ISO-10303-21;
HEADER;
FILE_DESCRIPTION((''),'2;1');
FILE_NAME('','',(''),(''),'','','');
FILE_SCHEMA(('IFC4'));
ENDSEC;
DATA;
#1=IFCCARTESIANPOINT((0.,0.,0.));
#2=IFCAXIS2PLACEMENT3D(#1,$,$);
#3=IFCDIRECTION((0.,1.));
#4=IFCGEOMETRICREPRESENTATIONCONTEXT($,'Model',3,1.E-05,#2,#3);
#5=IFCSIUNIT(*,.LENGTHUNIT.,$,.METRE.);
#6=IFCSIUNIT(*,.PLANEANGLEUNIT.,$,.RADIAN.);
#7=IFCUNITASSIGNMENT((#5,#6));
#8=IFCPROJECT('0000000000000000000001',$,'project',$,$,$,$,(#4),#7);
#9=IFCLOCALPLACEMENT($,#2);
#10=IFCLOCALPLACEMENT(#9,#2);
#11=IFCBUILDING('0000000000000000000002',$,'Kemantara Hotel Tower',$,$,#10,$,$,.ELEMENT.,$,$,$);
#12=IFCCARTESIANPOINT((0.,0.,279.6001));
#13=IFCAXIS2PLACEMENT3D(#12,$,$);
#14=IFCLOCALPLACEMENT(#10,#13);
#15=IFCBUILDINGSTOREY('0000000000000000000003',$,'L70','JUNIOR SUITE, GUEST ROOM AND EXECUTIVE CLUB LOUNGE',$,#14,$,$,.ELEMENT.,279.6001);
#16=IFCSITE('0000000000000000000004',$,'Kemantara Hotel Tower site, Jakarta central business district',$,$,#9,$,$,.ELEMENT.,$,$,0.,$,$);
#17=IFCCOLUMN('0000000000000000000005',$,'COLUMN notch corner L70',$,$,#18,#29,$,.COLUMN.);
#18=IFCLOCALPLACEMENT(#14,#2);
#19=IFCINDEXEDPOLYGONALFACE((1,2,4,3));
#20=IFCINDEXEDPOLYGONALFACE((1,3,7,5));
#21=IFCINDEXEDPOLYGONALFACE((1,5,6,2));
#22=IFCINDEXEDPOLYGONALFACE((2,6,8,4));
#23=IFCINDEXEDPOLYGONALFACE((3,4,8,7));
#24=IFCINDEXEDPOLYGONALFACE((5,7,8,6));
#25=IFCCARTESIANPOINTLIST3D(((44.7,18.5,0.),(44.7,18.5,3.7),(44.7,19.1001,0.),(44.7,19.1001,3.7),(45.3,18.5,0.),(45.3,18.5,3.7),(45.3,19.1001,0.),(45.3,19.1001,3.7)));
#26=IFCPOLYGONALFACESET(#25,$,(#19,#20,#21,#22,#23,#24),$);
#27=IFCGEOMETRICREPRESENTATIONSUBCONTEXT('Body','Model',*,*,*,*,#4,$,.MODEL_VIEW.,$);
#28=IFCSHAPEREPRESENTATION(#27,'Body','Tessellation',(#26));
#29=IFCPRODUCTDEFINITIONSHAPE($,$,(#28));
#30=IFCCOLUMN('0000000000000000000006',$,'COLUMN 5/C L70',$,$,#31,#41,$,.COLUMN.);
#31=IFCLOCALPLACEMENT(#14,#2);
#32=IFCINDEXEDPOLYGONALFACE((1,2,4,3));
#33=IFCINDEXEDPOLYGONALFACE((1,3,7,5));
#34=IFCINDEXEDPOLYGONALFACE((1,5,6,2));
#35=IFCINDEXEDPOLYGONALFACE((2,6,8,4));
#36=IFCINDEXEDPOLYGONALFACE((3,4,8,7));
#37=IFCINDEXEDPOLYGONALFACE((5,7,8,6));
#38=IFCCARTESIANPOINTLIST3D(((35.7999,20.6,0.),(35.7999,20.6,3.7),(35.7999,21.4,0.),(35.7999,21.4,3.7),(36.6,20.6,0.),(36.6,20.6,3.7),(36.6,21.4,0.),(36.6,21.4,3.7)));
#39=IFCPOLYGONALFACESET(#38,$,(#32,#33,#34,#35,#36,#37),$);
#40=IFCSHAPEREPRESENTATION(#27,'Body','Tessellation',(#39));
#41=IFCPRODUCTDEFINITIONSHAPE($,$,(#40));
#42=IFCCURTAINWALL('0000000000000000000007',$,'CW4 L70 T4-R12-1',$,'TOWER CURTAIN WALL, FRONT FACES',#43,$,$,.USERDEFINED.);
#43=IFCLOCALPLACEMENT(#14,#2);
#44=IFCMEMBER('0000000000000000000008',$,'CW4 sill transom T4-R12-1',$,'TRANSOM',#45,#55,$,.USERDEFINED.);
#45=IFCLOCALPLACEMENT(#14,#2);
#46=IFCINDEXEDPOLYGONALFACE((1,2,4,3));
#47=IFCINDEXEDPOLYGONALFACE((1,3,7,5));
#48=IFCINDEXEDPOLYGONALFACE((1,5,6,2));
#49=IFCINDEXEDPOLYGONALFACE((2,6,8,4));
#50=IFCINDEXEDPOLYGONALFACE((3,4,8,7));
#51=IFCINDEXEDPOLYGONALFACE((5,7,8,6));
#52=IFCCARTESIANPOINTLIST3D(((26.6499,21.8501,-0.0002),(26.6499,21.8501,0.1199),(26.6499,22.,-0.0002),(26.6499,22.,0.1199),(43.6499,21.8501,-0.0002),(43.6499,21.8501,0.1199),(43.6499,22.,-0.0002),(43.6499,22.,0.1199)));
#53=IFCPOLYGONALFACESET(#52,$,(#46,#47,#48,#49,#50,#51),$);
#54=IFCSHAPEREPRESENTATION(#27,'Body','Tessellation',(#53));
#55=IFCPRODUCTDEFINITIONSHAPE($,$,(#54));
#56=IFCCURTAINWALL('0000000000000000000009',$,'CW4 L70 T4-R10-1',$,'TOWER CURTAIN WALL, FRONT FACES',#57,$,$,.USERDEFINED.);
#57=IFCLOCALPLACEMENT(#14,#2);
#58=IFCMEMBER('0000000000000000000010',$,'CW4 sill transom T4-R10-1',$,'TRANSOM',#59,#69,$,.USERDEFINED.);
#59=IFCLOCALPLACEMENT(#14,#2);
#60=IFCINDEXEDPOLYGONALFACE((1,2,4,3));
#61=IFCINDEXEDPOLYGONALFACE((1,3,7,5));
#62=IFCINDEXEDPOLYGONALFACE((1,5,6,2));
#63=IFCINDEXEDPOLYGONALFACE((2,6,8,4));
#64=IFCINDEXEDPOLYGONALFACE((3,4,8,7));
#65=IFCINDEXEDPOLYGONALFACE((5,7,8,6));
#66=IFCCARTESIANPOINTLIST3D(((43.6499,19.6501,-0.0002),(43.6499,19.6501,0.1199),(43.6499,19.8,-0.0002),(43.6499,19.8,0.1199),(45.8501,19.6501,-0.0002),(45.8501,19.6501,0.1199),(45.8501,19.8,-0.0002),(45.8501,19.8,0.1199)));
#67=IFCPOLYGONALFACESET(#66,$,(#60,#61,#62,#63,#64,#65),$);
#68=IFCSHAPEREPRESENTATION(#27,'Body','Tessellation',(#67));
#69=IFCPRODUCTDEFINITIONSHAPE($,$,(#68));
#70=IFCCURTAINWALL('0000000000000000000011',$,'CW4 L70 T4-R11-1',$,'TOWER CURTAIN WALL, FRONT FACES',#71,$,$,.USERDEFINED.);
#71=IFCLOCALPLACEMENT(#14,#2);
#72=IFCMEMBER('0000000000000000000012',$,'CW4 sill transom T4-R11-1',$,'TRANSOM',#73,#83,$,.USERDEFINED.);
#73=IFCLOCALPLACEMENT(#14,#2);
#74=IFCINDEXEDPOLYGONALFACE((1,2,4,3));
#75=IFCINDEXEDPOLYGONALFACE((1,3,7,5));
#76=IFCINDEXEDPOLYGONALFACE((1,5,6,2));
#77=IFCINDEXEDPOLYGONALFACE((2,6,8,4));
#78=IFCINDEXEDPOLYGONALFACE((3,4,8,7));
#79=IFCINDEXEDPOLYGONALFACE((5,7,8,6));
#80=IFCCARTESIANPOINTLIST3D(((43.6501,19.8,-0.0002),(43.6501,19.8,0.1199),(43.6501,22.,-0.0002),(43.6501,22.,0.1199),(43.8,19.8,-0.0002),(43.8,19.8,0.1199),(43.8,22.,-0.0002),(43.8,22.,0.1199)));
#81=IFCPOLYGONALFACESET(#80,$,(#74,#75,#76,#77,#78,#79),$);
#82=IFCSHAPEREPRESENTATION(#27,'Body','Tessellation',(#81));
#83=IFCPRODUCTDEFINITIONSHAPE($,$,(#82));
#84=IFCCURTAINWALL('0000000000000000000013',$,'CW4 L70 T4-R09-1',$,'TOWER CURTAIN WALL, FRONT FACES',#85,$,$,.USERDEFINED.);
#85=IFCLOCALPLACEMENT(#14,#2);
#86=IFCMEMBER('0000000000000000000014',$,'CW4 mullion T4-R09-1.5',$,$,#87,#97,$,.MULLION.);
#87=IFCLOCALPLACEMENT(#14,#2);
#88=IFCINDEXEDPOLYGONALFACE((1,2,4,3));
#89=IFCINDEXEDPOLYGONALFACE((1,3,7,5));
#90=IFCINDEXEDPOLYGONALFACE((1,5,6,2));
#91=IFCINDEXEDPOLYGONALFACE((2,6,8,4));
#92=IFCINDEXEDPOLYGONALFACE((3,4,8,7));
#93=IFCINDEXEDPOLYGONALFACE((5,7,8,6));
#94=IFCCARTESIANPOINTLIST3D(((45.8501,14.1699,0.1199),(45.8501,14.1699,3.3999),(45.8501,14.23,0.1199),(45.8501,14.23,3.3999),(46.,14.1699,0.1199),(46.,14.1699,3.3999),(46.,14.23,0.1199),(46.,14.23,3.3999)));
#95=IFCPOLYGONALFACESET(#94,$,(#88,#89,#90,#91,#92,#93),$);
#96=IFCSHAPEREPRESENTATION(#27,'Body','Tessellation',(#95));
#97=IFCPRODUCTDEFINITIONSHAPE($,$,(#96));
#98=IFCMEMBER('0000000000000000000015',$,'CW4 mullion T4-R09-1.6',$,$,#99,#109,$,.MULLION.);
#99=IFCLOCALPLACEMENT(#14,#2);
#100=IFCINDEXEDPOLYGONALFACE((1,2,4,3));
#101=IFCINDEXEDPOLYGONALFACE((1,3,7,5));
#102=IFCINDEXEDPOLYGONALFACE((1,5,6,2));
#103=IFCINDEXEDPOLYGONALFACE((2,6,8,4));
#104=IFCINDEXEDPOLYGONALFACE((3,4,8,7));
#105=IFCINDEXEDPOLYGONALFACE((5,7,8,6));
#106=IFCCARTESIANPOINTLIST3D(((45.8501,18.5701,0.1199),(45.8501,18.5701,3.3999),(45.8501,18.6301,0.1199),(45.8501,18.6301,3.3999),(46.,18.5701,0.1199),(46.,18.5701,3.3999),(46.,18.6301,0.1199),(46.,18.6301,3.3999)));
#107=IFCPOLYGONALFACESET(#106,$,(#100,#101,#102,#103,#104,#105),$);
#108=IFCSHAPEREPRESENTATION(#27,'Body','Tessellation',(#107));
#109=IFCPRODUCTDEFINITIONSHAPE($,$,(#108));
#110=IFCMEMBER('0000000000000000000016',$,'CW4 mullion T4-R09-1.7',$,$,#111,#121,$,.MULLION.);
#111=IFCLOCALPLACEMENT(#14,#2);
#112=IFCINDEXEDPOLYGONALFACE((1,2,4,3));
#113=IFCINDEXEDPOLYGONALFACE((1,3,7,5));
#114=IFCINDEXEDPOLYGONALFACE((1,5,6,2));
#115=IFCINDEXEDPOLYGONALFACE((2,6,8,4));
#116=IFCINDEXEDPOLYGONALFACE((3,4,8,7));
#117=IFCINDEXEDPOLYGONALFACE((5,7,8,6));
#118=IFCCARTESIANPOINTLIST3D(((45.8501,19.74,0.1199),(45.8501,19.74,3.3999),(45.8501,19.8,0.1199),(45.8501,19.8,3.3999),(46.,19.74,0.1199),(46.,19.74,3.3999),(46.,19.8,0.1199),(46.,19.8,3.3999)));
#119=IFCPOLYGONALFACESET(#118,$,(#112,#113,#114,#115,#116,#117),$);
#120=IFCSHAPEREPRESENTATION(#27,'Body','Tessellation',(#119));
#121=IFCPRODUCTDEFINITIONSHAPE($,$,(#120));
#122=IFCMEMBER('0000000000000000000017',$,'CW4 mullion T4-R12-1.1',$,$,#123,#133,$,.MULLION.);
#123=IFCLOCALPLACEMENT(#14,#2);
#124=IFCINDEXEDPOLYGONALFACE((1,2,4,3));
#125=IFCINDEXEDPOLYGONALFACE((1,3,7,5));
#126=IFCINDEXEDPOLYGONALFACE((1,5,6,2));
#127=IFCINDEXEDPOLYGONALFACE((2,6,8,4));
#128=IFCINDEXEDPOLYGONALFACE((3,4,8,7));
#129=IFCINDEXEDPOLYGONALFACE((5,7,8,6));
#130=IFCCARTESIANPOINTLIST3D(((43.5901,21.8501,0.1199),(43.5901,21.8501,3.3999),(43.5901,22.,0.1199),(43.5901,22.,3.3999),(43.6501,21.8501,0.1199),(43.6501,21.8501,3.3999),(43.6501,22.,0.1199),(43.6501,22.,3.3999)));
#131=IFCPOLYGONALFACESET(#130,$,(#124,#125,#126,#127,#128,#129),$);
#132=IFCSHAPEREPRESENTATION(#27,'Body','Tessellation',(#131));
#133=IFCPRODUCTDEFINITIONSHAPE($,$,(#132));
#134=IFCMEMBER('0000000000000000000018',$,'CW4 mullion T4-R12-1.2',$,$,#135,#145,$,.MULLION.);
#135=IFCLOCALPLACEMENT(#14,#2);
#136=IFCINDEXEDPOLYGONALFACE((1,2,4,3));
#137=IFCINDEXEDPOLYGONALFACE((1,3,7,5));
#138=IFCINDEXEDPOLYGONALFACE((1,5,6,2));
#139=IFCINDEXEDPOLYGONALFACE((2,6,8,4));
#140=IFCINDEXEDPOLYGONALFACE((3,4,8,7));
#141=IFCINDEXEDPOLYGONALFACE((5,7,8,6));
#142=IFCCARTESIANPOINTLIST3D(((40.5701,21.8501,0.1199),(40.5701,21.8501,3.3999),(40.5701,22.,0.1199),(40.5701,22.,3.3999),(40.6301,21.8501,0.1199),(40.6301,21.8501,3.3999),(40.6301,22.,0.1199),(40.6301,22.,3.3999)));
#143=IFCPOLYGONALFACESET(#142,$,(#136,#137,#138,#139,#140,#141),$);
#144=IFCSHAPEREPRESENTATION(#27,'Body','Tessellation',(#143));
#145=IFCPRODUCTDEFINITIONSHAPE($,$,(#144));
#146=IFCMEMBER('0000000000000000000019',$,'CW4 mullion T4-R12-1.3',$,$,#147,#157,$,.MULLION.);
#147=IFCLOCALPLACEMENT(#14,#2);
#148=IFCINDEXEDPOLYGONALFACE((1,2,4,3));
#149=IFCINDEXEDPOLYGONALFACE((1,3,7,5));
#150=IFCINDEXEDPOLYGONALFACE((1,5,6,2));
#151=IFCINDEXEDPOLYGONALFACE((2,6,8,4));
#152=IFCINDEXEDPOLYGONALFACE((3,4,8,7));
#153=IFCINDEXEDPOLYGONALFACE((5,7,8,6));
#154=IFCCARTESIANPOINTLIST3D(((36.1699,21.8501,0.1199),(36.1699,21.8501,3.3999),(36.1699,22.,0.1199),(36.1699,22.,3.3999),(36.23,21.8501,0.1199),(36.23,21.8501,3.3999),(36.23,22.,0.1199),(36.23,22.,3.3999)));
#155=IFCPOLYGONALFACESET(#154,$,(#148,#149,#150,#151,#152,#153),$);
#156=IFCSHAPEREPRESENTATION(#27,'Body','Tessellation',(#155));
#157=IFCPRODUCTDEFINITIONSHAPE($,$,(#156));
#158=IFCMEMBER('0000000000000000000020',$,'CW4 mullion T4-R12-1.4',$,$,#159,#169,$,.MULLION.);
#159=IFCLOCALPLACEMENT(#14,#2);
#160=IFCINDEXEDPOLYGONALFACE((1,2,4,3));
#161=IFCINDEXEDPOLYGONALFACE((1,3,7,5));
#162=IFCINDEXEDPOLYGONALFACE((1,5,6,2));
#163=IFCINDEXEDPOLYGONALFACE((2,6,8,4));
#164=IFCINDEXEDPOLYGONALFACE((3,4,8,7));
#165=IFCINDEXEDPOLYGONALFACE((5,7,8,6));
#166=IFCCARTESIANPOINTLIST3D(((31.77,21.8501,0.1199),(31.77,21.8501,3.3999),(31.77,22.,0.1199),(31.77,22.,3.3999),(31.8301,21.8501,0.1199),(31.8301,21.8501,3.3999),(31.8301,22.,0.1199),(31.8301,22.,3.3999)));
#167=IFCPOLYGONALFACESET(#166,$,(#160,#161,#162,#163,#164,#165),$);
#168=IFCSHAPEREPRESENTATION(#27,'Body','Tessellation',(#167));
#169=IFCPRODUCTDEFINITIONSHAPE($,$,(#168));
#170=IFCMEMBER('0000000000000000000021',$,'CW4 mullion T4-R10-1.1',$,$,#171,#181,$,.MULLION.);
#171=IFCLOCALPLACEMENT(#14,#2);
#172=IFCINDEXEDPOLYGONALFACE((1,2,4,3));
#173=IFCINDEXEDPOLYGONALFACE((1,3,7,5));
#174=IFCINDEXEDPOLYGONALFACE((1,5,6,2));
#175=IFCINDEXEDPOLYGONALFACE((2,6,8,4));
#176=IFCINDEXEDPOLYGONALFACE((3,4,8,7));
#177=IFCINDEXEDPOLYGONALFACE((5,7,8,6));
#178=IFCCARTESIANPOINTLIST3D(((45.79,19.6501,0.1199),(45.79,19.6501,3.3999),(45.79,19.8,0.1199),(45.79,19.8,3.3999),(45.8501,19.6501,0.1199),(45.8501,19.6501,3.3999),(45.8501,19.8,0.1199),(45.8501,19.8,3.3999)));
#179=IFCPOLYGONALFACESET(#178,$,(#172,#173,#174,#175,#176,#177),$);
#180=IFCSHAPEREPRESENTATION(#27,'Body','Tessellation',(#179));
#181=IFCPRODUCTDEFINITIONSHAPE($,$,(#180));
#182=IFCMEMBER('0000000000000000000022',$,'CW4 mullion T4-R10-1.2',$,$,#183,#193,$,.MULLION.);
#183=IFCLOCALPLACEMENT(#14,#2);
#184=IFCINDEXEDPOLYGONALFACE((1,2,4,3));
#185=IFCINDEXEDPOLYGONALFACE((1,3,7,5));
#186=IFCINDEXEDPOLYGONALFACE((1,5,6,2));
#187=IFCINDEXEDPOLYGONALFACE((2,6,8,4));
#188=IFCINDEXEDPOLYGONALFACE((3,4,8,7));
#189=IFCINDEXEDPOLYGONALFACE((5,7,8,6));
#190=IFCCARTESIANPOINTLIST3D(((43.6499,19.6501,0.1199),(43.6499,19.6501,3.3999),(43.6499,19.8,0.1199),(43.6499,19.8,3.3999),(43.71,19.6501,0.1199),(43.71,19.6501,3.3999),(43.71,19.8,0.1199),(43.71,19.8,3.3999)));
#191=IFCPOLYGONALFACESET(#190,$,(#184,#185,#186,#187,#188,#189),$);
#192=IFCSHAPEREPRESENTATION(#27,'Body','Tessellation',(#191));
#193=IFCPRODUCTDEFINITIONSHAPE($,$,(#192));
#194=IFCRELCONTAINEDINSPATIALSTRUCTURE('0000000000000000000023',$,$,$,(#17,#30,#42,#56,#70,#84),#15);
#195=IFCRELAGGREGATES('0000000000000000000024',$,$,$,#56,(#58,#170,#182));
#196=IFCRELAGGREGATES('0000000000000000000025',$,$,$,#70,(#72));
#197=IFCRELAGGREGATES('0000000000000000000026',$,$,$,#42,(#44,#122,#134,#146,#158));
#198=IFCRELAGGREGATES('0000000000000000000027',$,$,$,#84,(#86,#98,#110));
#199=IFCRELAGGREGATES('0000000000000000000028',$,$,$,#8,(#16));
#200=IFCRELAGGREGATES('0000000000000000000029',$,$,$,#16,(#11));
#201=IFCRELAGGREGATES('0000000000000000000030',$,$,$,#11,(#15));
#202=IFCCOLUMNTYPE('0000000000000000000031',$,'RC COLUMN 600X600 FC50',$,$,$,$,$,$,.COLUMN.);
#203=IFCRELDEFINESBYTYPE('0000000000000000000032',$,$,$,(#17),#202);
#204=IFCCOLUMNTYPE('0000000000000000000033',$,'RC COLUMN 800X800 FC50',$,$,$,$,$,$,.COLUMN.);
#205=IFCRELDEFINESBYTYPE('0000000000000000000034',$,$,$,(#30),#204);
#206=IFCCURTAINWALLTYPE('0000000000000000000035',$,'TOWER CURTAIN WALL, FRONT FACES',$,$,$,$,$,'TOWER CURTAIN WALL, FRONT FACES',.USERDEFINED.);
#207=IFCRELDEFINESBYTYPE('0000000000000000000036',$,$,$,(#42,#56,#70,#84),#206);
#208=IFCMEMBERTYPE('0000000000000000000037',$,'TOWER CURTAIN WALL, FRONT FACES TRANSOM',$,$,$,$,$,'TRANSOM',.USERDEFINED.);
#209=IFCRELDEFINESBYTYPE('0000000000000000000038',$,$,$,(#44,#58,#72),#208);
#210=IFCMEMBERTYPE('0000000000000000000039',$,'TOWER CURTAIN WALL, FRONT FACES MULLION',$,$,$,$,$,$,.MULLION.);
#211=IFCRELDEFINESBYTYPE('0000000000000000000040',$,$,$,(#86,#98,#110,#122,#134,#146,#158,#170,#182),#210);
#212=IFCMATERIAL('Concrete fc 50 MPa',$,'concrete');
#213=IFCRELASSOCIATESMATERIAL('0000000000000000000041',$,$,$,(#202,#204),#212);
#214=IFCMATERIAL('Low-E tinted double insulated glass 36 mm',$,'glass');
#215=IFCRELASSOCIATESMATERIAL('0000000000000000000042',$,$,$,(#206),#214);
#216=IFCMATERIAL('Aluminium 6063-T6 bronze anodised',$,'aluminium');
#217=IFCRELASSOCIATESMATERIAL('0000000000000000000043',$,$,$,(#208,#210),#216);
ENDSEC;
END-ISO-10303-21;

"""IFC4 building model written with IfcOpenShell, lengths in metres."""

from ifc_helpers import new_model, si_unit, direction, frame, origin, origin_2d, place, context, subcontext, project, spatial, rectangle, extrude, source, transform, mapped, material, material_profile, profile_set, type_object, element, aggregate, save


model = new_model("IFC4")

# Units and contexts
model_context = context("Model", 3, precision=1e-05, world=origin(), true_north=direction((0.0, 1.0)))
body_context = subcontext(model_context, "Body", "Model", "MODEL_VIEW")
ifc_project = project(units=[si_unit("LENGTHUNIT", "METRE"), si_unit("PLANEANGLEUNIT", "RADIAN")], contexts=[model_context])

# Site, building, storey
site_placement = place(None, origin())
site = spatial("IfcSite", under=ifc_project, at=site_placement, Name="Kemantara Hotel Tower site, Jakarta central business district", CompositionType="ELEMENT", RefElevation=0.0)
building_placement = place(site_placement, origin())
building = spatial("IfcBuilding", under=site, at=building_placement, Name="Kemantara Hotel Tower", CompositionType="ELEMENT")
storey_placement = place(building_placement, frame((0.0, 0.0, 279.6001)))
storey = spatial("IfcBuildingStorey", under=building, at=storey_placement, Name="L70", Description="JUNIOR SUITE, GUEST ROOM AND EXECUTIVE CLUB LOUNGE", CompositionType="ELEMENT", Elevation=279.6001)

# Columns
ifc_material_1 = material(Name="Concrete fc 50 MPa", Category="concrete")
ifc_material_profile_1 = material_profile(ifc_material_1, rectangle(XDim=0.6001, YDim=0.6001, at=origin_2d()), Name="RC 600X600")
ifc_profile_set_1 = profile_set([ifc_material_profile_1], Name="Concrete fc 50 MPa")
column_type_1 = type_object("IfcColumnType", Name="RC COLUMN 600X600 FC50", PredefinedType="COLUMN", material=ifc_profile_set_1)
column_1_placement = place(storey_placement, frame((45.0, 18.8, 0.0), z_axis=(0.0, 0.0, 1.0), x_axis=(1.0, 0.0, 0.0)))
element("IfcColumn", 1, at=column_1_placement, inside=storey, type_object=column_type_1, Name="COLUMN notch corner L70", PredefinedType="COLUMN", context=body_context, shape_type="SweptSolid", body=[
    extrude(rectangle(XDim=0.6001, YDim=0.6001, at=origin_2d()), origin(), (0.0, 0.0, 1.0), 3.7),
])
ifc_material_profile_2 = material_profile(ifc_material_1, rectangle(XDim=0.8, YDim=0.8, at=origin_2d()), Name="RC 800X800")
ifc_profile_set_2 = profile_set([ifc_material_profile_2], Name="Concrete fc 50 MPa")
column_type_2 = type_object("IfcColumnType", Name="RC COLUMN 800X800 FC50", PredefinedType="COLUMN", material=ifc_profile_set_2)
column_2_placement = place(storey_placement, frame((36.2, 21.0, 0.0), z_axis=(0.0, 0.0, 1.0), x_axis=(1.0, 0.0, 0.0)))
element("IfcColumn", 2, at=column_2_placement, inside=storey, type_object=column_type_2, Name="COLUMN 5/C L70", PredefinedType="COLUMN", context=body_context, shape_type="SweptSolid", body=[
    extrude(rectangle(XDim=0.8, YDim=0.8, at=origin_2d()), origin(), (0.0, 0.0, 1.0), 3.7),
])

# Curtain walls, members
ifc_material_2 = material(Name="Low-E tinted double insulated glass 36 mm", Category="glass")
curtain_wall_type = type_object("IfcCurtainWallType", Name="TOWER CURTAIN WALL, FRONT FACES", ElementType="TOWER CURTAIN WALL, FRONT FACES", PredefinedType="USERDEFINED", material=ifc_material_2)
curtain_wall_1_placement = place(storey_placement, origin())
curtain_wall_1 = element("IfcCurtainWall", 3, at=curtain_wall_1_placement, inside=storey, type_object=curtain_wall_type, Name="CW4 L70 T4-R12-1", ObjectType="TOWER CURTAIN WALL, FRONT FACES", PredefinedType="USERDEFINED")
ifc_material_3 = material(Name="Aluminium 6063-T6 bronze anodised", Category="aluminium")
ifc_material_profile_3 = material_profile(ifc_material_3, rectangle(XDim=0.1499, YDim=0.1201, at=origin_2d()), Name="TOWER CURTAIN WALL, FRONT FACES TRANSOM")
ifc_profile_set_3 = profile_set([ifc_material_profile_3], Name="Aluminium 6063-T6 bronze anodised")
member_type_1 = type_object("IfcMemberType", Name="TOWER CURTAIN WALL, FRONT FACES TRANSOM", ElementType="TRANSOM", PredefinedType="USERDEFINED", material=ifc_profile_set_3)
member_1_placement = place(storey_placement, frame((43.6499, 21.925, 0.0598), z_axis=(-1.0, 0.0, 0.0), x_axis=(0.0, -1.0, 0.0)))
member_1 = element("IfcMember", 4, at=member_1_placement, type_object=member_type_1, Name="CW4 sill transom T4-R12-1", ObjectType="TRANSOM", PredefinedType="USERDEFINED", context=body_context, shape_type="SweptSolid", body=[
    extrude(rectangle(XDim=0.1499, YDim=0.1201, at=origin_2d()), origin(), (0.0, 0.0, 1.0), 17.0),
])
curtain_wall_2_placement = place(storey_placement, origin())
curtain_wall_2 = element("IfcCurtainWall", 5, at=curtain_wall_2_placement, inside=storey, type_object=curtain_wall_type, Name="CW4 L70 T4-R10-1", ObjectType="TOWER CURTAIN WALL, FRONT FACES", PredefinedType="USERDEFINED")
member_2_placement = place(storey_placement, frame((45.8501, 19.7251, 0.0598), z_axis=(-1.0, 0.0, 0.0), x_axis=(0.0, -1.0, 0.0)))
member_2 = element("IfcMember", 6, at=member_2_placement, type_object=member_type_1, Name="CW4 sill transom T4-R10-1", ObjectType="TRANSOM", PredefinedType="USERDEFINED", context=body_context, shape_type="SweptSolid", body=[
    extrude(rectangle(XDim=0.1499, YDim=0.1201, at=origin_2d()), origin(), (0.0, 0.0, 1.0), 2.2002),
])
curtain_wall_3_placement = place(storey_placement, origin())
curtain_wall_3 = element("IfcCurtainWall", 7, at=curtain_wall_3_placement, inside=storey, type_object=curtain_wall_type, Name="CW4 L70 T4-R11-1", ObjectType="TOWER CURTAIN WALL, FRONT FACES", PredefinedType="USERDEFINED")
member_3_placement = place(storey_placement, frame((43.7251, 19.8, 0.0598), z_axis=(0.0, 1.0, 0.0), x_axis=(-1.0, 0.0, 0.0)))
member_3 = element("IfcMember", 8, at=member_3_placement, type_object=member_type_1, Name="CW4 sill transom T4-R11-1", ObjectType="TRANSOM", PredefinedType="USERDEFINED", context=body_context, shape_type="SweptSolid", body=[
    extrude(rectangle(XDim=0.1499, YDim=0.1201, at=origin_2d()), origin(), (0.0, 0.0, 1.0), 2.2),
])

# Curtain wall, members
curtain_wall_4_placement = place(storey_placement, origin())
curtain_wall_4 = element("IfcCurtainWall", 9, at=curtain_wall_4_placement, inside=storey, type_object=curtain_wall_type, Name="CW4 L70 T4-R09-1", ObjectType="TOWER CURTAIN WALL, FRONT FACES", PredefinedType="USERDEFINED")
ifc_material_profile_4 = material_profile(ifc_material_3, rectangle(XDim=0.1499, YDim=0.0601, at=origin_2d()), Name="TOWER CURTAIN WALL, FRONT FACES MULLION")
ifc_profile_set_4 = profile_set([ifc_material_profile_4], Name="Aluminium 6063-T6 bronze anodised")
member_type_2 = type_object("IfcMemberType", Name="TOWER CURTAIN WALL, FRONT FACES MULLION", PredefinedType="MULLION", material=ifc_profile_set_4)
shared_shape_1 = source(origin(), body_context, "Body", "SweptSolid", [
    extrude(rectangle(XDim=0.1499, YDim=0.0601, at=origin_2d()), origin(), (0.0, 0.0, 1.0), 3.28),
])
member_4_placement = place(storey_placement, frame((45.925, 14.2, 0.1199), z_axis=(0.0, 0.0, 1.0), x_axis=(-1.0, 0.0, 0.0)))
member_4 = element("IfcMember", 10, at=member_4_placement, type_object=member_type_2, Name="CW4 mullion T4-R09-1.5", PredefinedType="MULLION", context=body_context, shape_type="MappedRepresentation", body=[
    mapped(shared_shape_1, transform((0.0, 0.0, 0.0))),
])
member_5_placement = place(storey_placement, frame((45.925, 18.6001, 0.1199), z_axis=(0.0, 0.0, 1.0), x_axis=(-1.0, 0.0, 0.0)))
member_5 = element("IfcMember", 11, at=member_5_placement, type_object=member_type_2, Name="CW4 mullion T4-R09-1.6", PredefinedType="MULLION", context=body_context, shape_type="MappedRepresentation", body=[
    mapped(shared_shape_1, transform((0.0, 0.0, 0.0))),
])
member_6_placement = place(storey_placement, frame((45.925, 19.77, 0.1199), z_axis=(0.0, 0.0, 1.0), x_axis=(-1.0, 0.0, 0.0)))
member_6 = element("IfcMember", 12, at=member_6_placement, type_object=member_type_2, Name="CW4 mullion T4-R09-1.7", PredefinedType="MULLION", context=body_context, shape_type="MappedRepresentation", body=[
    mapped(shared_shape_1, transform((0.0, 0.0, 0.0))),
])

# Members
member_7_placement = place(storey_placement, frame((43.6201, 21.925, 0.1199), z_axis=(0.0, 0.0, 1.0), x_axis=(0.0, -1.0, 0.0)))
member_7 = element("IfcMember", 13, at=member_7_placement, type_object=member_type_2, Name="CW4 mullion T4-R12-1.1", PredefinedType="MULLION", context=body_context, shape_type="MappedRepresentation", body=[
    mapped(shared_shape_1, transform((0.0, 0.0, 0.0))),
])
member_8_placement = place(storey_placement, frame((40.6001, 21.925, 0.1199), z_axis=(0.0, 0.0, 1.0), x_axis=(0.0, -1.0, 0.0)))
member_8 = element("IfcMember", 14, at=member_8_placement, type_object=member_type_2, Name="CW4 mullion T4-R12-1.2", PredefinedType="MULLION", context=body_context, shape_type="MappedRepresentation", body=[
    mapped(shared_shape_1, transform((0.0, 0.0, 0.0))),
])
member_9_placement = place(storey_placement, frame((36.2, 21.925, 0.1199), z_axis=(0.0, 0.0, 1.0), x_axis=(0.0, -1.0, 0.0)))
member_9 = element("IfcMember", 15, at=member_9_placement, type_object=member_type_2, Name="CW4 mullion T4-R12-1.3", PredefinedType="MULLION", context=body_context, shape_type="MappedRepresentation", body=[
    mapped(shared_shape_1, transform((0.0, 0.0, 0.0))),
])
member_10_placement = place(storey_placement, frame((31.8, 21.925, 0.1199), z_axis=(0.0, 0.0, 1.0), x_axis=(0.0, -1.0, 0.0)))
member_10 = element("IfcMember", 16, at=member_10_placement, type_object=member_type_2, Name="CW4 mullion T4-R12-1.4", PredefinedType="MULLION", context=body_context, shape_type="MappedRepresentation", body=[
    mapped(shared_shape_1, transform((0.0, 0.0, 0.0))),
])
member_11_placement = place(storey_placement, frame((45.8201, 19.7251, 0.1199), z_axis=(0.0, 0.0, 1.0), x_axis=(0.0, -1.0, 0.0)))
member_11 = element("IfcMember", 17, at=member_11_placement, type_object=member_type_2, Name="CW4 mullion T4-R10-1.1", PredefinedType="MULLION", context=body_context, shape_type="MappedRepresentation", body=[
    mapped(shared_shape_1, transform((0.0, 0.0, 0.0))),
])
member_12_placement = place(storey_placement, frame((43.6799, 19.7251, 0.1199), z_axis=(0.0, 0.0, 1.0), x_axis=(0.0, -1.0, 0.0)))
member_12 = element("IfcMember", 18, at=member_12_placement, type_object=member_type_2, Name="CW4 mullion T4-R10-1.2", PredefinedType="MULLION", context=body_context, shape_type="MappedRepresentation", body=[
    mapped(shared_shape_1, transform((0.0, 0.0, 0.0))),
])

aggregate(curtain_wall_2, [member_2, member_11, member_12])
aggregate(curtain_wall_3, [member_3])
aggregate(curtain_wall_1, [member_1, member_7, member_8, member_9, member_10])
aggregate(curtain_wall_4, [member_4, member_5, member_6])

save(model, "model.ifc")
